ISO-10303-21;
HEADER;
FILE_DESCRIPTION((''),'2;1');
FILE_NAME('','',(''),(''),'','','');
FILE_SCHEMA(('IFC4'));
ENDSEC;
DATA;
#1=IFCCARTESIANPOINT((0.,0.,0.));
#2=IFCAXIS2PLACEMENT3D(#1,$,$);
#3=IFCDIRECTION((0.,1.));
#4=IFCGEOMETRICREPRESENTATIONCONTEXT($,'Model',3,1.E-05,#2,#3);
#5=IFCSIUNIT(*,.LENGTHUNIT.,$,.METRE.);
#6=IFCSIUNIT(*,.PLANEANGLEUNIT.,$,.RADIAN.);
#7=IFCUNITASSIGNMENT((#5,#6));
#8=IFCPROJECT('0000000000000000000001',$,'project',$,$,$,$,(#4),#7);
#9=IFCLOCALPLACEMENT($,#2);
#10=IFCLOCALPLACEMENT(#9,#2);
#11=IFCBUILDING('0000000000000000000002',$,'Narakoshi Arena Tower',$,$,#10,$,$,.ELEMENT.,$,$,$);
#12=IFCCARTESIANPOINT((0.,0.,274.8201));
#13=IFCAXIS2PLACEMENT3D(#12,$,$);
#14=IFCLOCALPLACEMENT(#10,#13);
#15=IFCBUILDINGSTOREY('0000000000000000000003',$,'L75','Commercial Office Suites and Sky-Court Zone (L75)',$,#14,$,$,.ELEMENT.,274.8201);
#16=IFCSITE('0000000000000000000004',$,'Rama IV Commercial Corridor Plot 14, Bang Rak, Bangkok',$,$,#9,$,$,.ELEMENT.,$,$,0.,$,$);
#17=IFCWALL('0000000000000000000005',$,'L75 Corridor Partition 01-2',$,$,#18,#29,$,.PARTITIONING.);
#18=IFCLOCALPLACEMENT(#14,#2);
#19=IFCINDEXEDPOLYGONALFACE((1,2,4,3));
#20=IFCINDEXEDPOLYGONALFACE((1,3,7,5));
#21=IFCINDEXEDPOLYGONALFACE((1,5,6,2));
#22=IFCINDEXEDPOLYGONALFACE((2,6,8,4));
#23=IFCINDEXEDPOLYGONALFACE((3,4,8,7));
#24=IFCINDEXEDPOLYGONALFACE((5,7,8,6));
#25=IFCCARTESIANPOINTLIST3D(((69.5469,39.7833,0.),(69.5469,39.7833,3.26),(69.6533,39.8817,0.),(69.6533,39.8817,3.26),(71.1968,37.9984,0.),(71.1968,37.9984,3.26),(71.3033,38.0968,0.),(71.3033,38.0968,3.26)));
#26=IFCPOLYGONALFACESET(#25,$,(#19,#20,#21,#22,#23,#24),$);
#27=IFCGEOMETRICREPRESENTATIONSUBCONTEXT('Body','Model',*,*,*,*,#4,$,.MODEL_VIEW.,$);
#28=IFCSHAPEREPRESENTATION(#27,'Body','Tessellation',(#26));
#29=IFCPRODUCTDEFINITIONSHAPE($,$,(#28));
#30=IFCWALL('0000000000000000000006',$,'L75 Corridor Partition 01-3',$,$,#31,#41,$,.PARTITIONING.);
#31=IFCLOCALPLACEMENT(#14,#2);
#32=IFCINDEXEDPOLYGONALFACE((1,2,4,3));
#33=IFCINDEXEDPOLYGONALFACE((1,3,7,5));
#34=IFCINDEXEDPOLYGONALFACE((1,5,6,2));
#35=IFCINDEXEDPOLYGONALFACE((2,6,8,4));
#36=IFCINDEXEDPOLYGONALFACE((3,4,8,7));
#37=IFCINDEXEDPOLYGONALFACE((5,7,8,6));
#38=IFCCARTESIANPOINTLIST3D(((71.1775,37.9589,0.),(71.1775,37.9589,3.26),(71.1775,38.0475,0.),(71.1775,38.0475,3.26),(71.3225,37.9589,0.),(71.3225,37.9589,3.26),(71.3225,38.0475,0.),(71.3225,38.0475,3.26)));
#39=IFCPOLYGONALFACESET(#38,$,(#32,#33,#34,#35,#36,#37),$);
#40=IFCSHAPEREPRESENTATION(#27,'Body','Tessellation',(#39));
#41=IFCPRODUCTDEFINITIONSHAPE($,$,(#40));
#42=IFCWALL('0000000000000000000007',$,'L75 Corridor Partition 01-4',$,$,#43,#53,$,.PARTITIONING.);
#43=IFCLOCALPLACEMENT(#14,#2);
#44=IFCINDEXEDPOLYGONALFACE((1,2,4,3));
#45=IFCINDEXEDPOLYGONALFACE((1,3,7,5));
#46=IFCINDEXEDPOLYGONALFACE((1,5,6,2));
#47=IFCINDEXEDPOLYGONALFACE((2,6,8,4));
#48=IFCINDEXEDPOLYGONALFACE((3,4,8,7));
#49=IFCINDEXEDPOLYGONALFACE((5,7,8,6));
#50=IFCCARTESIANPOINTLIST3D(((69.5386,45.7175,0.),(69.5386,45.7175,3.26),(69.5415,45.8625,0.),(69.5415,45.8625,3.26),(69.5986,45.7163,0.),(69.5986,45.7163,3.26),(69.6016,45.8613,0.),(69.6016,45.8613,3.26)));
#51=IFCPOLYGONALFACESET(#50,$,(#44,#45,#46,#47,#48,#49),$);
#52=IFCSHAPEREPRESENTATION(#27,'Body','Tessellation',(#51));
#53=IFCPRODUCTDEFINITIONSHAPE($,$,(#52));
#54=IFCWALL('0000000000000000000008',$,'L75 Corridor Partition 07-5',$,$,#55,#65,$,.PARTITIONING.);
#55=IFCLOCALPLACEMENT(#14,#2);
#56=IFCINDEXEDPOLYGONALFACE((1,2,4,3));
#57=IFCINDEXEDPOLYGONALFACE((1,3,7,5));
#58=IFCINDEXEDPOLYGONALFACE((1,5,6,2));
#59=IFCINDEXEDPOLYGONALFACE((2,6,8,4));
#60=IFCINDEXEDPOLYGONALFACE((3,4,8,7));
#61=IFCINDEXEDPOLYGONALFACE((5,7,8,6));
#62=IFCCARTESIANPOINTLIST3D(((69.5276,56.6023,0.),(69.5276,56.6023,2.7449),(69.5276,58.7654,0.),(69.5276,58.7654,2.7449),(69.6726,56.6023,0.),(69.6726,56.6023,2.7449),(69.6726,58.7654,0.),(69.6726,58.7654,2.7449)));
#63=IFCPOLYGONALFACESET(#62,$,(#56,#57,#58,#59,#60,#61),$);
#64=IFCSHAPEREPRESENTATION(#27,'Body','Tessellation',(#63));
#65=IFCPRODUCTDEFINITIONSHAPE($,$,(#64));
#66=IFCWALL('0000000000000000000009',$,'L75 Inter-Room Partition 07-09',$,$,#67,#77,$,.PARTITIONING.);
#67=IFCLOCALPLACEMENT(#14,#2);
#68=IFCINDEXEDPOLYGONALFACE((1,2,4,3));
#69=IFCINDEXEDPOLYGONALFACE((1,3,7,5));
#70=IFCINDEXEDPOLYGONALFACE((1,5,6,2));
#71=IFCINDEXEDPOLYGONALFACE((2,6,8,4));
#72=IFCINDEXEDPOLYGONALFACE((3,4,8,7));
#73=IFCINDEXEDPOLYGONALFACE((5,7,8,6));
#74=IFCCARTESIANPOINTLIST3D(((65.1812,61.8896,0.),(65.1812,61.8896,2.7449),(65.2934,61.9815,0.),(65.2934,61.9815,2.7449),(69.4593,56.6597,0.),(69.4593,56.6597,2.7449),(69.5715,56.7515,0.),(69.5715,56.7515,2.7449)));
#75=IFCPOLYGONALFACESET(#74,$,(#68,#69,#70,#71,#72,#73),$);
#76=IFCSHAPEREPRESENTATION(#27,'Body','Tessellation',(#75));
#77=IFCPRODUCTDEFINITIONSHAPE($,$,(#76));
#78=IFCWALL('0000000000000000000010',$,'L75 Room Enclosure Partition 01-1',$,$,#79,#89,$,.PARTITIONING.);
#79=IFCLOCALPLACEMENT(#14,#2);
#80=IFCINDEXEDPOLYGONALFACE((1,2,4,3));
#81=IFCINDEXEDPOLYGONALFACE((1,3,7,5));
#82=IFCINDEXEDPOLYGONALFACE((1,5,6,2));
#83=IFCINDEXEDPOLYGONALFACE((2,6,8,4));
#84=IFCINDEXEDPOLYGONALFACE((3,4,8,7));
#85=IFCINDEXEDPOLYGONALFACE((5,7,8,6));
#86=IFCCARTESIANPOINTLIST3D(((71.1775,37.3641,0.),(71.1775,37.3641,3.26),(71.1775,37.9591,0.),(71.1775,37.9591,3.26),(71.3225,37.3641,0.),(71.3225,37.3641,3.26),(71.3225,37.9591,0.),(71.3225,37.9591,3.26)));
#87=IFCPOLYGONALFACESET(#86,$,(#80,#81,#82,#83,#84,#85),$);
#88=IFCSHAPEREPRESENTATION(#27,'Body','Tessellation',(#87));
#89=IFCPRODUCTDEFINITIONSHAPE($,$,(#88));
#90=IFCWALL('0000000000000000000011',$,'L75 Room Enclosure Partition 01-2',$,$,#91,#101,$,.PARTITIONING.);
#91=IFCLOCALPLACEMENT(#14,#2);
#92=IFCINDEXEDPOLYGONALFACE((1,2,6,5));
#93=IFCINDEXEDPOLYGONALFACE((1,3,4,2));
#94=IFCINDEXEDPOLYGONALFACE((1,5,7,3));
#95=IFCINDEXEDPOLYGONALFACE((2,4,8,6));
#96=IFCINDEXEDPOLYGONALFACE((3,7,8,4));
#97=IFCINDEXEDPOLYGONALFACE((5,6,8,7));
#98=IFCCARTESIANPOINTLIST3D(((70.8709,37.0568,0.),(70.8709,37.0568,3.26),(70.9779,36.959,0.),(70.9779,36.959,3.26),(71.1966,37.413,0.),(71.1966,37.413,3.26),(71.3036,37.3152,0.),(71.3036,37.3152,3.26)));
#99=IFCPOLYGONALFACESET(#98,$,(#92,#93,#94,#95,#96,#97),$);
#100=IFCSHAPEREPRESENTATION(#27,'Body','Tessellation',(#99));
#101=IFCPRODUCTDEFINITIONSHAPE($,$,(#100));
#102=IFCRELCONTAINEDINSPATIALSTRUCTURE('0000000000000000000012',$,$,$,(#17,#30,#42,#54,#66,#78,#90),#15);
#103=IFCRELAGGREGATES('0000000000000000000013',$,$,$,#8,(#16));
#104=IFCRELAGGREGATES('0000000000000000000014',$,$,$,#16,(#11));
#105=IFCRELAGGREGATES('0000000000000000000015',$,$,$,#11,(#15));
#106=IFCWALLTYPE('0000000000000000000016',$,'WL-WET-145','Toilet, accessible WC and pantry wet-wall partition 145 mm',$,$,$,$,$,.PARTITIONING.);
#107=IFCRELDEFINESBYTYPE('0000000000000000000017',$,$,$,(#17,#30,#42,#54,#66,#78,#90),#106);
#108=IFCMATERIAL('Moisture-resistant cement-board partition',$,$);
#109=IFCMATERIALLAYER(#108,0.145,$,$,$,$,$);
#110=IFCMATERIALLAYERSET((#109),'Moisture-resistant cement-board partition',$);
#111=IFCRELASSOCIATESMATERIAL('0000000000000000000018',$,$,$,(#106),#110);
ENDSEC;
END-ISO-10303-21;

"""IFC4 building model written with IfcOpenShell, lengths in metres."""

from ifc_helpers import new_model, si_unit, direction, frame, frame_2d, origin, place, context, subcontext, project, spatial, rectangle, extrude, material, layer, layer_set, type_object, element, save


model = new_model("IFC4")

# Units and contexts
model_context = context("Model", 3, precision=1e-05, world=origin(), true_north=direction((0.0, 1.0)))
body_context = subcontext(model_context, "Body", "Model", "MODEL_VIEW")
ifc_project = project(units=[si_unit("LENGTHUNIT", "METRE"), si_unit("PLANEANGLEUNIT", "RADIAN")], contexts=[model_context])

# Site, building, storey
site_placement = place(None, origin())
site = spatial("IfcSite", under=ifc_project, at=site_placement, Name="Rama IV Commercial Corridor Plot 14, Bang Rak, Bangkok", CompositionType="ELEMENT", RefElevation=0.0)
building_placement = place(site_placement, origin())
building = spatial("IfcBuilding", under=site, at=building_placement, Name="Narakoshi Arena Tower", CompositionType="ELEMENT")
storey_placement = place(building_placement, frame((0.0, 0.0, 274.8201)))
storey = spatial("IfcBuildingStorey", under=building, at=storey_placement, Name="L75", Description="Commercial Office Suites and Sky-Court Zone (L75)", CompositionType="ELEMENT", Elevation=274.8201)

# Shared definitions
ifc_material_1 = material(Name="Moisture-resistant cement-board partition")
ifc_layer_1 = layer(ifc_material_1, 0.145)
ifc_layer_set_1 = layer_set([ifc_layer_1], Name="Moisture-resistant cement-board partition")
wall_type_1 = type_object("IfcWallType", Name="WL-WET-145", Description="Toilet, accessible WC and pantry wet-wall partition 145 mm", PredefinedType="PARTITIONING", material=ifc_layer_set_1)

# Walls
wall_1_placement = place(storey_placement, frame((69.6001, 39.8325, 0.0), z_axis=(0.0, 0.0, 1.0), x_axis=(0.678789, -0.734333, 0.0)))
element("IfcWall", 1, at=wall_1_placement, inside=storey, type_object=wall_type_1, Name="L75 Corridor Partition 01-2", PredefinedType="PARTITIONING", context=body_context, shape_type="SweptSolid", body=[
    extrude(rectangle(XDim=2.4307, YDim=0.145, at=frame_2d((1.2153, 0.0))), origin(), (0.0, 0.0, 1.0), 3.26),
])
wall_2_placement = place(storey_placement, frame((71.25, 38.0476, 0.0), z_axis=(0.0, 0.0, 1.0), x_axis=(0.0, -1.0, 0.0)))
element("IfcWall", 2, at=wall_2_placement, inside=storey, type_object=wall_type_1, Name="L75 Corridor Partition 01-3", PredefinedType="PARTITIONING", context=body_context, shape_type="SweptSolid", body=[
    extrude(rectangle(XDim=0.0886, YDim=0.145, at=frame_2d((0.0444, 0.0))), origin(), (0.0, 0.0, 1.0), 3.26),
])
wall_3_placement = place(storey_placement, frame((69.54, 45.79, 0.0), z_axis=(0.0, 0.0, 1.0), x_axis=(0.999794, -0.020321, 0.0)))
element("IfcWall", 3, at=wall_3_placement, inside=storey, type_object=wall_type_1, Name="L75 Corridor Partition 01-4", PredefinedType="PARTITIONING", context=body_context, shape_type="SweptSolid", body=[
    extrude(rectangle(XDim=0.0601, YDim=0.145, at=frame_2d((0.03, 0.0))), origin(), (0.0, 0.0, 1.0), 3.26),
])
wall_4_placement = place(storey_placement, frame((69.6001, 58.7654, 0.0), z_axis=(0.0, 0.0, 1.0), x_axis=(0.0, -1.0, 0.0)))
element("IfcWall", 4, at=wall_4_placement, inside=storey, type_object=wall_type_1, Name="L75 Corridor Partition 07-5", PredefinedType="PARTITIONING", context=body_context, shape_type="SweptSolid", body=[
    extrude(rectangle(XDim=2.1631, YDim=0.145, at=frame_2d((1.0815, 0.0))), origin(), (0.0, 0.0, 1.0), 2.7449),
])
wall_5_placement = place(storey_placement, frame((69.5154, 56.7056, 0.0), z_axis=(0.0, 0.0, 1.0), x_axis=(-0.633149, 0.77403, 0.0)))
element("IfcWall", 5, at=wall_5_placement, inside=storey, type_object=wall_type_1, Name="L75 Inter-Room Partition 07-09", PredefinedType="PARTITIONING", context=body_context, shape_type="SweptSolid", body=[
    extrude(rectangle(XDim=6.7568, YDim=0.145, at=frame_2d((3.3784, 0.0))), origin(), (0.0, 0.0, 1.0), 2.7449),
])
wall_6_placement = place(storey_placement, frame((71.25, 37.959, 0.0), z_axis=(0.0, 0.0, 1.0), x_axis=(0.0, -1.0, 0.0)))
element("IfcWall", 6, at=wall_6_placement, inside=storey, type_object=wall_type_1, Name="L75 Room Enclosure Partition 01-1", PredefinedType="PARTITIONING", context=body_context, shape_type="SweptSolid", body=[
    extrude(rectangle(XDim=0.595, YDim=0.145, at=frame_2d((0.2974, 0.0))), origin(), (0.0, 0.0, 1.0), 3.26),
])
wall_7_placement = place(storey_placement, frame((71.25, 37.364, 0.0), z_axis=(0.0, 0.0, 1.0), x_axis=(-0.674785, -0.738014, 0.0)))
element("IfcWall", 7, at=wall_7_placement, inside=storey, type_object=wall_type_1, Name="L75 Room Enclosure Partition 01-2", PredefinedType="PARTITIONING", context=body_context, shape_type="SweptSolid", body=[
    extrude(rectangle(XDim=0.4827, YDim=0.145, at=frame_2d((0.2412, 0.0))), origin(), (0.0, 0.0, 1.0), 3.26),
])

save(model, "model.ifc")
